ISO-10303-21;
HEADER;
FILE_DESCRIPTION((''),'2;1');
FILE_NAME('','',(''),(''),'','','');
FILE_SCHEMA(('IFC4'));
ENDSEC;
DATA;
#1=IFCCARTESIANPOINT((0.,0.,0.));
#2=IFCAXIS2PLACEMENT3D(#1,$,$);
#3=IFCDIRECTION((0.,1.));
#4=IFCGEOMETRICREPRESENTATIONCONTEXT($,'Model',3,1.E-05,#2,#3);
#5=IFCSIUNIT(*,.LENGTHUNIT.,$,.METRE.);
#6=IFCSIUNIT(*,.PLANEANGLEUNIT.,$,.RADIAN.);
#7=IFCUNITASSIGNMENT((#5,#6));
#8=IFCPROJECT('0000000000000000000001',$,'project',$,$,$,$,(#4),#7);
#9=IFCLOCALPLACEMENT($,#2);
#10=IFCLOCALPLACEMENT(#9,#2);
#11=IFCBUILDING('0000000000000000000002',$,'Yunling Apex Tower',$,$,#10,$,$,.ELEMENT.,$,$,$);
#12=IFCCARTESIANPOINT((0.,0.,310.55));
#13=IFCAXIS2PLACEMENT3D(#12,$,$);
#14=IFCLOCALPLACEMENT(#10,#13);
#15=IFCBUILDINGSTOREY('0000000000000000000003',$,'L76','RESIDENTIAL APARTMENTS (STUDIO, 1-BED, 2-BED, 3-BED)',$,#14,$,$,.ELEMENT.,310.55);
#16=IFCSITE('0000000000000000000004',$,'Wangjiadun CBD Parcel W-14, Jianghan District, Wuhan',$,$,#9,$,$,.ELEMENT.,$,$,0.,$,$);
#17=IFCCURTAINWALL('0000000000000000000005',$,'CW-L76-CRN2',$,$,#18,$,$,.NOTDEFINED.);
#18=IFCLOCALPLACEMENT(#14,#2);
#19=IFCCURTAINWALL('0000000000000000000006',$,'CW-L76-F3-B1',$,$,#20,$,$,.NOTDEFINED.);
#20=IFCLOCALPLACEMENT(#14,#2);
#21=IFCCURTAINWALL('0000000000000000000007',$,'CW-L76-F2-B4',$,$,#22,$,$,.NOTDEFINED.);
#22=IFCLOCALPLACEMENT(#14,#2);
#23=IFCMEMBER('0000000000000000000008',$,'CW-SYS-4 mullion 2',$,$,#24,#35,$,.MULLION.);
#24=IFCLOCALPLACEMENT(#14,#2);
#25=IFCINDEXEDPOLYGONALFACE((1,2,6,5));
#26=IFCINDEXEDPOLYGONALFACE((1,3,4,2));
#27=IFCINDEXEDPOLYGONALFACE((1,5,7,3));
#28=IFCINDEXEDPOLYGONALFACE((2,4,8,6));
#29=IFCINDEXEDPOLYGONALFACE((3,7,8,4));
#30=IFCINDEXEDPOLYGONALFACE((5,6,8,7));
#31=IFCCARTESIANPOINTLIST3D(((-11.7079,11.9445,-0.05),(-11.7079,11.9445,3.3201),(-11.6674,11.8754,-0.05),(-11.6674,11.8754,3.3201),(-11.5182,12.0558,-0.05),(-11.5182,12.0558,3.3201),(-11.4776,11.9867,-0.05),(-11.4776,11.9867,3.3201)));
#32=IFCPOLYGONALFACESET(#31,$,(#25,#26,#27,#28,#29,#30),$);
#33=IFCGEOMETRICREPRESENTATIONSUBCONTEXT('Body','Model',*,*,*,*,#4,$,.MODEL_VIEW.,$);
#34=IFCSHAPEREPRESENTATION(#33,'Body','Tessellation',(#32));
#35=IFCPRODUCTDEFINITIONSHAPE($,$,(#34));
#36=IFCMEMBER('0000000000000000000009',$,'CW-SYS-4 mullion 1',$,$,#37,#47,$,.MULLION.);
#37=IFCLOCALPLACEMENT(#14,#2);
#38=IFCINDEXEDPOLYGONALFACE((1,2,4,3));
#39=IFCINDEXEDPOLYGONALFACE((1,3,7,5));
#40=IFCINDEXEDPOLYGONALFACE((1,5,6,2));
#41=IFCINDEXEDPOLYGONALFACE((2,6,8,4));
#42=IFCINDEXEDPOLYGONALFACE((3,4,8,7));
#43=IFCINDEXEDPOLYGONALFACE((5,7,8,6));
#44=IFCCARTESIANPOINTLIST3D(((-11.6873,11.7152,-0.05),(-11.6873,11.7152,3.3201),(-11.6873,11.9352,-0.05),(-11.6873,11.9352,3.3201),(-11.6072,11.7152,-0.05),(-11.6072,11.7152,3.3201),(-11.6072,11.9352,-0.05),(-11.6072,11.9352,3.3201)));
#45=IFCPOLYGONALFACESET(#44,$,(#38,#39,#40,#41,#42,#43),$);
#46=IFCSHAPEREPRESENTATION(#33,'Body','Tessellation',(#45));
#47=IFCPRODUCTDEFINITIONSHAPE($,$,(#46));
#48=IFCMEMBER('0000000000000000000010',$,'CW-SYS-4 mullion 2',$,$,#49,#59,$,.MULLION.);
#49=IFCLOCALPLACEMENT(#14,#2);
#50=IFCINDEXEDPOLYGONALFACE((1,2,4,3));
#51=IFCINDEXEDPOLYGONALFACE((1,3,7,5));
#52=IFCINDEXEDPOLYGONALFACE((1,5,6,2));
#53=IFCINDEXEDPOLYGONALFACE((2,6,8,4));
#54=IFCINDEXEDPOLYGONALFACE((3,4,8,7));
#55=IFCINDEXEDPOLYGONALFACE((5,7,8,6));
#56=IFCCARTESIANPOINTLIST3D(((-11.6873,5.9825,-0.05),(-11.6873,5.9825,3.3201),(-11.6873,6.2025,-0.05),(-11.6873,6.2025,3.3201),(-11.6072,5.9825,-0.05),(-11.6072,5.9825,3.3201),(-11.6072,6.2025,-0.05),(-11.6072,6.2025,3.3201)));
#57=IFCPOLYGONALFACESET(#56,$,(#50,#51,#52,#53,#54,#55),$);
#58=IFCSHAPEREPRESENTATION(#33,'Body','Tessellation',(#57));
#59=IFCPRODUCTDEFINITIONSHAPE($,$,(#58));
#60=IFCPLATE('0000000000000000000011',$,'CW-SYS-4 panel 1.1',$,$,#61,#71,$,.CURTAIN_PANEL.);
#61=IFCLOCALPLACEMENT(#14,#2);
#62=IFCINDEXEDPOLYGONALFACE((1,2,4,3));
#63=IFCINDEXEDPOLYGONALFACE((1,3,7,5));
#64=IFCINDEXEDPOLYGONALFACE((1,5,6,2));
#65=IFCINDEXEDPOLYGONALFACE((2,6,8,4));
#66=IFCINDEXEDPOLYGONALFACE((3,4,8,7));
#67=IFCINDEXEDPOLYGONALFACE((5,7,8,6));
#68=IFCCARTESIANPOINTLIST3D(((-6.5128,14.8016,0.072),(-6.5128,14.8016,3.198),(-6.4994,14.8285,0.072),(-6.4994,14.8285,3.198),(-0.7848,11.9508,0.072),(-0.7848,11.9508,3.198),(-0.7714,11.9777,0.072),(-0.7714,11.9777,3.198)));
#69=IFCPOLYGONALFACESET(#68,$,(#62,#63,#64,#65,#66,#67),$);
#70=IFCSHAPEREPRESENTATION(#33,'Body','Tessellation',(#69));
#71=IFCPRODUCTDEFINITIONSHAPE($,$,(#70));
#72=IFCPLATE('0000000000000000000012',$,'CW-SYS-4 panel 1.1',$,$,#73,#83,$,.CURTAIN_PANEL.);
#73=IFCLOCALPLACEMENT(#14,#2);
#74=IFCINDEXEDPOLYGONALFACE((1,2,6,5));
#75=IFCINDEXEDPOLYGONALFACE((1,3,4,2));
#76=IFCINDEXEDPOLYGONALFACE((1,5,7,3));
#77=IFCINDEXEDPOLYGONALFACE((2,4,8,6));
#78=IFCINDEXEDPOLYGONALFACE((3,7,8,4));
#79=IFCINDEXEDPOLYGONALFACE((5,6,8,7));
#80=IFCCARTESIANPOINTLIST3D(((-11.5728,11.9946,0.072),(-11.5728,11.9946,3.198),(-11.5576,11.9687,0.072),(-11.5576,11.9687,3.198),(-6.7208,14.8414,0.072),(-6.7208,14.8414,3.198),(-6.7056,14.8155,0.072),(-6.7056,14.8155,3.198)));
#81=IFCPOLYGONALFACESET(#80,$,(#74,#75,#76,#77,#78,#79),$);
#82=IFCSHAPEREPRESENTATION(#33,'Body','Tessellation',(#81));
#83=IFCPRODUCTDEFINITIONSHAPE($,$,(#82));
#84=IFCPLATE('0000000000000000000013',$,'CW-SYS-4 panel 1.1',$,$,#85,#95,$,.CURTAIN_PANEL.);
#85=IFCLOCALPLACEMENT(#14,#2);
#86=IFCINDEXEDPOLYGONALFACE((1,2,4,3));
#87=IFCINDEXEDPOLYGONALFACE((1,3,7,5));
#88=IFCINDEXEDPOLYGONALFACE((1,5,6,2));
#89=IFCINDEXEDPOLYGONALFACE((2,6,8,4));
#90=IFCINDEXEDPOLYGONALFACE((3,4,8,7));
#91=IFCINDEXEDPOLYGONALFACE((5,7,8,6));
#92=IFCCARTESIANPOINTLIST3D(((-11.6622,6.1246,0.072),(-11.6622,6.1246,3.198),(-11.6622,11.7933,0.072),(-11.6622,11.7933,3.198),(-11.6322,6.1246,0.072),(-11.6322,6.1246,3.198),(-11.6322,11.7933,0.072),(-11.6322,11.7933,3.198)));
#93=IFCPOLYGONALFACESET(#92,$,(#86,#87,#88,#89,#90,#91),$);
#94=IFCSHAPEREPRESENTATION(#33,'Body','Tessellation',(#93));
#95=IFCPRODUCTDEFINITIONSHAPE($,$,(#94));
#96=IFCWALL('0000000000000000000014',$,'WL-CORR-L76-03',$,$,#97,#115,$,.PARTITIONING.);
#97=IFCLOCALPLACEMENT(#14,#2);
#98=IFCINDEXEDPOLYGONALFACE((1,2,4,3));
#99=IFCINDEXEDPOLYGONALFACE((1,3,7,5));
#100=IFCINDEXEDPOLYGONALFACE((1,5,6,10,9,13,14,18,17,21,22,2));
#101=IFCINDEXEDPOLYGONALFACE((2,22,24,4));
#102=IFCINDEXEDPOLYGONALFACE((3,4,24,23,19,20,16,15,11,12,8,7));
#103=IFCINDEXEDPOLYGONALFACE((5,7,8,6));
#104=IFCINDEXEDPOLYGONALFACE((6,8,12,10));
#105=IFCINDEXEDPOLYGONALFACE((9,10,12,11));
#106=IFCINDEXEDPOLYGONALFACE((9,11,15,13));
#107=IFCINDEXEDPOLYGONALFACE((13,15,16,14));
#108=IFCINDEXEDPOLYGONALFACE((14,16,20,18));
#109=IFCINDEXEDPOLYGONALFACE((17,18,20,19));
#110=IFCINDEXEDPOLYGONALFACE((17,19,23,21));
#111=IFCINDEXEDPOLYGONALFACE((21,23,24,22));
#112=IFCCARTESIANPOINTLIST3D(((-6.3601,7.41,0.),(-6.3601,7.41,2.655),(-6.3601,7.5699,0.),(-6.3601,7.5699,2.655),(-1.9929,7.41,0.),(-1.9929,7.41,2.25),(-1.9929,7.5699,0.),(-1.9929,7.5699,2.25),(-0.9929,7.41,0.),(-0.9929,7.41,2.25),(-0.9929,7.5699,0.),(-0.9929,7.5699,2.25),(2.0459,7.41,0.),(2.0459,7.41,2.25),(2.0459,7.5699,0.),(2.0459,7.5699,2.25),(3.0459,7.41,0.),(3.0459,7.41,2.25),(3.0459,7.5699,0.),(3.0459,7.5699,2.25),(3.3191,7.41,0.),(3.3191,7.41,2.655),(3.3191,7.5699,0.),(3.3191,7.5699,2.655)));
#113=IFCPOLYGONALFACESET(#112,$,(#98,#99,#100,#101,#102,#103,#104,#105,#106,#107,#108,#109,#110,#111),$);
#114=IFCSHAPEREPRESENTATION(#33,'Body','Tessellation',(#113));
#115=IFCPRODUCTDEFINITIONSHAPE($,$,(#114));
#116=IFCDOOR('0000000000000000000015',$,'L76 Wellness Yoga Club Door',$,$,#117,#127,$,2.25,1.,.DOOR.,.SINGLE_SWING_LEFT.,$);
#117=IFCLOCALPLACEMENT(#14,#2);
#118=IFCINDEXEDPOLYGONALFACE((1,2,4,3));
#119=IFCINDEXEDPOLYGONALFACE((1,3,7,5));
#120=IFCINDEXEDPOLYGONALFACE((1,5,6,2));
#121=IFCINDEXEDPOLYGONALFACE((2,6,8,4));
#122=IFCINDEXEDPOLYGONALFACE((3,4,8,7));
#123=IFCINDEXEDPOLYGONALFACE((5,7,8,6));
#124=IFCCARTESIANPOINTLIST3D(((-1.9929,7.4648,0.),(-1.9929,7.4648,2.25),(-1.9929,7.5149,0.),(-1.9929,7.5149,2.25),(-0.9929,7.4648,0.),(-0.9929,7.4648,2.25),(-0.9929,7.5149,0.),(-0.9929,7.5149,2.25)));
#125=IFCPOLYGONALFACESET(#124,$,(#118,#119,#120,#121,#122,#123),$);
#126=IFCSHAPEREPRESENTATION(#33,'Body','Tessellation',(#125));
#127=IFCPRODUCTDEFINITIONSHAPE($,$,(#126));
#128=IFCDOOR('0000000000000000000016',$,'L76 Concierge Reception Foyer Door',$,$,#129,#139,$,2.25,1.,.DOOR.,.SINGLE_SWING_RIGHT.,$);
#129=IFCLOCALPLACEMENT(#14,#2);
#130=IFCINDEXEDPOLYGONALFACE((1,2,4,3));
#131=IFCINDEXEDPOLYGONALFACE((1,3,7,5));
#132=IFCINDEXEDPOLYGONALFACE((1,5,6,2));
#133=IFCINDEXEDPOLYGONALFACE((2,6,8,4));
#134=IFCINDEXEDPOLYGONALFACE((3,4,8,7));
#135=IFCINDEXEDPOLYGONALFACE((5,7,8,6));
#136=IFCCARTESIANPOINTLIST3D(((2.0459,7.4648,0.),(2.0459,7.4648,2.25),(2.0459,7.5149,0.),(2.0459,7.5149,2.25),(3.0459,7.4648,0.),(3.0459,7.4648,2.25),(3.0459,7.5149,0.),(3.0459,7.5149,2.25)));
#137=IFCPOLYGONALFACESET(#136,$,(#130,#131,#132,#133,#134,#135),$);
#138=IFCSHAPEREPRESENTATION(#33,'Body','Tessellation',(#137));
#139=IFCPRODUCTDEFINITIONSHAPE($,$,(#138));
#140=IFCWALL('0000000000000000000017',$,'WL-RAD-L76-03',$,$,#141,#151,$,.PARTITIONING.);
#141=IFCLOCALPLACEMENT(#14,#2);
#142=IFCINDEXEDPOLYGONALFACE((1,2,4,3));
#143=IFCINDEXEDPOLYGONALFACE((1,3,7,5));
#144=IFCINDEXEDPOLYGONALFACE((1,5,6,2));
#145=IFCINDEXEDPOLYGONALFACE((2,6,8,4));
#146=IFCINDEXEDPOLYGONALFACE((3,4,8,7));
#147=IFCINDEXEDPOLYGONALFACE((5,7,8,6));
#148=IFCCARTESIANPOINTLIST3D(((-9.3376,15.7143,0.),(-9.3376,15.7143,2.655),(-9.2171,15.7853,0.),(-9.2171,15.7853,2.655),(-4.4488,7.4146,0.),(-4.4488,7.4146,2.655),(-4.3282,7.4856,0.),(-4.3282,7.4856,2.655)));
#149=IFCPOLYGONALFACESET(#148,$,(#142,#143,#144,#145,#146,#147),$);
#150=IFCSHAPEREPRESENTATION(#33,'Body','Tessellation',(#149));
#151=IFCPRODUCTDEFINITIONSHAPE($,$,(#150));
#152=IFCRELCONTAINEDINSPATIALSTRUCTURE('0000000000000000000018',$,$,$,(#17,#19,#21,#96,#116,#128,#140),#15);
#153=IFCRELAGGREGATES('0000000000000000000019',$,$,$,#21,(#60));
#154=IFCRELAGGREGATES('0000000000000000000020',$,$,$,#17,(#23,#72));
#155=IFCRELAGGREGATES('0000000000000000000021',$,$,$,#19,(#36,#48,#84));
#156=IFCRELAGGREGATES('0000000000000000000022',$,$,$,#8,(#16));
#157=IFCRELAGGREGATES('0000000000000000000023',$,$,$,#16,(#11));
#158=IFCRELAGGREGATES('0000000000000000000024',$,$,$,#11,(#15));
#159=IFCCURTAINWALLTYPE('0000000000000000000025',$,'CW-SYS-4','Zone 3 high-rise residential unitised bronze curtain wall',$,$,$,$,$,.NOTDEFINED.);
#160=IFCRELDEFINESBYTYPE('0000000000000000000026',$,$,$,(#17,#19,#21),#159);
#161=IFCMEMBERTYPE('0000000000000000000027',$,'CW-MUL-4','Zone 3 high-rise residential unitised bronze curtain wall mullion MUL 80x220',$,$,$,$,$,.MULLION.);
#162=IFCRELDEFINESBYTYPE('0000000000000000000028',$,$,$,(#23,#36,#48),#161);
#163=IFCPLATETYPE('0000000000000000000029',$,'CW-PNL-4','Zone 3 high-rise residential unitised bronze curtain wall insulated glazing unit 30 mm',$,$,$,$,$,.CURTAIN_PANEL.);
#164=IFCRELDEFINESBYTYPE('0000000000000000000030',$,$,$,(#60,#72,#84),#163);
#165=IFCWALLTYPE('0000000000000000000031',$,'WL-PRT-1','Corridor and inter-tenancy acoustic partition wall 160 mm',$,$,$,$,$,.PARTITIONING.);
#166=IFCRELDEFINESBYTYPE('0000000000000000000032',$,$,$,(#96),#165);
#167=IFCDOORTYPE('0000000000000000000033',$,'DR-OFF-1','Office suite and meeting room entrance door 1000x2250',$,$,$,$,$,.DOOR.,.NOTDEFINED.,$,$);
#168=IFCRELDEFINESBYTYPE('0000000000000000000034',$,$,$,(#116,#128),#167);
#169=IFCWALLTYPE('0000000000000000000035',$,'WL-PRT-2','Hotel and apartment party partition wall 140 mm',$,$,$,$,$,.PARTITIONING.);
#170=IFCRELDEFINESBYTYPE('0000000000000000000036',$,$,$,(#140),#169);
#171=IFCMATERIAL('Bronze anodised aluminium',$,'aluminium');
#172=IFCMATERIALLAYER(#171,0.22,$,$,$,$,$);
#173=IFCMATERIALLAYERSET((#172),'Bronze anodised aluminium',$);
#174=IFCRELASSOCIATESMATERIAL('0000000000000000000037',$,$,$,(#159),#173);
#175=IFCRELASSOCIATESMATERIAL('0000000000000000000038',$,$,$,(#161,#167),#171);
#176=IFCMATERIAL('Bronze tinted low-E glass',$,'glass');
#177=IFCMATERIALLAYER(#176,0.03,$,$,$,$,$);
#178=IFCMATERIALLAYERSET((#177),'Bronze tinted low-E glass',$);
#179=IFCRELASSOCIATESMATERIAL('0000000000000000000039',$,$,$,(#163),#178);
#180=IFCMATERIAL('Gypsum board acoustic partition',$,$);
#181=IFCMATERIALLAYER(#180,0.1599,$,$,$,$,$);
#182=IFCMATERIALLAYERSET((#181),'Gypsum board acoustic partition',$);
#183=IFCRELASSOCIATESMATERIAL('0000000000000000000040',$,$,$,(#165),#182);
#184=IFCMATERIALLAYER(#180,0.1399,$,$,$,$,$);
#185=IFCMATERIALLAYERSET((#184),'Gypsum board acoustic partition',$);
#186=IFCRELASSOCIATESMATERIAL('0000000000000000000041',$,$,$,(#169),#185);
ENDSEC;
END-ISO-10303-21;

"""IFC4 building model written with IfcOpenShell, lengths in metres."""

from ifc_helpers import new_model, si_unit, direction, frame, frame_2d, origin, origin_2d, place, context, subcontext, project, spatial, rectangle, extrude, source, transform, mapped, material, layer, layer_set, material_profile, profile_set, type_object, element, fill, aggregate, save


model = new_model("IFC4")

# Units and contexts
model_context = context("Model", 3, precision=1e-05, world=origin(), true_north=direction((0.0, 1.0)))
body_context = subcontext(model_context, "Body", "Model", "MODEL_VIEW")
ifc_project = project(units=[si_unit("LENGTHUNIT", "METRE"), si_unit("PLANEANGLEUNIT", "RADIAN")], contexts=[model_context])

# Site, building, storey
site_placement = place(None, origin())
site = spatial("IfcSite", under=ifc_project, at=site_placement, Name="Wangjiadun CBD Parcel W-14, Jianghan District, Wuhan", CompositionType="ELEMENT", RefElevation=0.0)
building_placement = place(site_placement, origin())
building = spatial("IfcBuilding", under=site, at=building_placement, Name="Yunling Apex Tower", CompositionType="ELEMENT")
storey_placement = place(building_placement, frame((0.0, 0.0, 310.55)))
storey = spatial("IfcBuildingStorey", under=building, at=storey_placement, Name="L76", Description="RESIDENTIAL APARTMENTS (STUDIO, 1-BED, 2-BED, 3-BED)", CompositionType="ELEMENT", Elevation=310.55)

# Curtain walls
ifc_material_1 = material(Name="Bronze anodised aluminium", Category="aluminium")
ifc_layer_1 = layer(ifc_material_1, 0.22)
ifc_layer_set_1 = layer_set([ifc_layer_1], Name="Bronze anodised aluminium")
curtain_wall_type = type_object("IfcCurtainWallType", Name="CW-SYS-4", Description="Zone 3 high-rise residential unitised bronze curtain wall", PredefinedType="NOTDEFINED", material=ifc_layer_set_1)
curtain_wall_1_placement = place(storey_placement, origin())
curtain_wall_1 = element("IfcCurtainWall", 1, at=curtain_wall_1_placement, inside=storey, type_object=curtain_wall_type, Name="CW-L76-CRN2", PredefinedType="NOTDEFINED")
curtain_wall_2_placement = place(storey_placement, origin())
curtain_wall_2 = element("IfcCurtainWall", 2, at=curtain_wall_2_placement, inside=storey, type_object=curtain_wall_type, Name="CW-L76-F3-B1", PredefinedType="NOTDEFINED")

# Curtain wall
curtain_wall_3_placement = place(storey_placement, origin())
curtain_wall_3 = element("IfcCurtainWall", 3, at=curtain_wall_3_placement, inside=storey, type_object=curtain_wall_type, Name="CW-L76-F2-B4", PredefinedType="NOTDEFINED")
ifc_material_profile_1 = material_profile(ifc_material_1, rectangle(XDim=0.0801, YDim=0.22, at=origin_2d()))
ifc_profile_set_1 = profile_set([ifc_material_profile_1], Name="Bronze anodised aluminium")
member_type_1 = type_object("IfcMemberType", Name="CW-MUL-4", Description="Zone 3 high-rise residential unitised bronze curtain wall mullion MUL 80x220", PredefinedType="MULLION", material=ifc_profile_set_1)
shared_shape_1 = source(origin(), body_context, "Body", "SweptSolid", [
    extrude(rectangle(XDim=0.0801, YDim=0.22, at=origin_2d()), origin(), (0.0, 0.0, 1.0), 3.3701),
])

# Members
member_1_placement = place(storey_placement, frame((-11.5928, 11.9656, -0.05), z_axis=(0.0, 0.0, 1.0), x_axis=(0.506057, -0.8625, 0.0)))
member_1 = element("IfcMember", 4, at=member_1_placement, type_object=member_type_1, Name="CW-SYS-4 mullion 2", PredefinedType="MULLION", context=body_context, shape_type="MappedRepresentation", body=[
    mapped(shared_shape_1, transform((0.0, 0.0, 0.0), scale=1.0)),
])
member_2_placement = place(storey_placement, frame((-11.6472, 11.8252, -0.05), z_axis=(0.0, 0.0, 1.0), x_axis=(1.0, 0.0, 0.0)))
member_2 = element("IfcMember", 5, at=member_2_placement, type_object=member_type_1, Name="CW-SYS-4 mullion 1", PredefinedType="MULLION", context=body_context, shape_type="MappedRepresentation", body=[
    mapped(shared_shape_1, transform((0.0, 0.0, 0.0), scale=1.0)),
])
member_3_placement = place(storey_placement, frame((-11.6472, 6.0925, -0.05), z_axis=(0.0, 0.0, 1.0), x_axis=(1.0, 0.0, 0.0)))
member_3 = element("IfcMember", 6, at=member_3_placement, type_object=member_type_1, Name="CW-SYS-4 mullion 2", PredefinedType="MULLION", context=body_context, shape_type="MappedRepresentation", body=[
    mapped(shared_shape_1, transform((0.0, 0.0, 0.0), scale=1.0)),
])

# Plates
ifc_material_2 = material(Name="Bronze tinted low-E glass", Category="glass")
ifc_layer_2 = layer(ifc_material_2, 0.03)
ifc_layer_set_2 = layer_set([ifc_layer_2], Name="Bronze tinted low-E glass")
plate_type = type_object("IfcPlateType", Name="CW-PNL-4", Description="Zone 3 high-rise residential unitised bronze curtain wall insulated glazing unit 30 mm", PredefinedType="CURTAIN_PANEL", material=ifc_layer_set_2)
shared_shape_2 = source(origin(), body_context, "Body", "SweptSolid", [
    extrude(rectangle(XDim=6.3982, YDim=0.03, at=origin_2d()), origin(), (0.0, 0.0, 1.0), 3.126),
])
plate_1_placement = place(storey_placement, frame((-3.6421, 13.3896, 0.072), z_axis=(0.0, 0.0, 1.0), x_axis=(-0.895248, 0.445568, 0.0)))
plate_1 = element("IfcPlate", 7, at=plate_1_placement, type_object=plate_type, Name="CW-SYS-4 panel 1.1", PredefinedType="CURTAIN_PANEL", context=body_context, shape_type="MappedRepresentation", body=[
    mapped(shared_shape_2, transform((0.0, 0.0, 0.0), scale=1.0)),
])
aggregate(curtain_wall_3, [plate_1])
shared_shape_3 = source(origin(), body_context, "Body", "SweptSolid", [
    extrude(rectangle(XDim=5.6255, YDim=0.03, at=origin_2d()), origin(), (0.0, 0.0, 1.0), 3.126),
])
plate_2_placement = place(storey_placement, frame((-9.1392, 13.405, 0.072), z_axis=(0.0, 0.0, 1.0), x_axis=(-0.8625, -0.506057, 0.0)))
plate_2 = element("IfcPlate", 8, at=plate_2_placement, type_object=plate_type, Name="CW-SYS-4 panel 1.1", PredefinedType="CURTAIN_PANEL", context=body_context, shape_type="MappedRepresentation", body=[
    mapped(shared_shape_3, transform((0.0, 0.0, 0.0), scale=1.0)),
])
aggregate(curtain_wall_1, [member_1, plate_2])
shared_shape_4 = source(origin(), body_context, "Body", "SweptSolid", [
    extrude(rectangle(XDim=5.6687, YDim=0.03, at=origin_2d()), origin(), (0.0, 0.0, 1.0), 3.126),
])
plate_3_placement = place(storey_placement, frame((-11.6472, 8.959, 0.072), z_axis=(0.0, 0.0, 1.0), x_axis=(0.0, -1.0, 0.0)))
plate_3 = element("IfcPlate", 9, at=plate_3_placement, type_object=plate_type, Name="CW-SYS-4 panel 1.1", PredefinedType="CURTAIN_PANEL", context=body_context, shape_type="MappedRepresentation", body=[
    mapped(shared_shape_4, transform((0.0, 0.0, 0.0), scale=1.0)),
])
aggregate(curtain_wall_2, [member_2, member_3, plate_3])

# Shared definitions
ifc_material_3 = material(Name="Gypsum board acoustic partition")
ifc_layer_3 = layer(ifc_material_3, 0.1599)
ifc_layer_set_3 = layer_set([ifc_layer_3], Name="Gypsum board acoustic partition")
wall_type_1 = type_object("IfcWallType", Name="WL-PRT-1", Description="Corridor and inter-tenancy acoustic partition wall 160 mm", PredefinedType="PARTITIONING", material=ifc_layer_set_3)

# Wall, openings, doors
wall_1_placement = place(storey_placement, frame((-6.3601, 7.49, 0.0), z_axis=(0.0, 0.0, 1.0), x_axis=(1.0, 0.0, 0.0)))
wall_1 = element("IfcWall", 10, at=wall_1_placement, inside=storey, type_object=wall_type_1, Name="WL-CORR-L76-03", PredefinedType="PARTITIONING", context=body_context, shape_type="SweptSolid", body=[
    extrude(rectangle(XDim=9.6792, YDim=0.1599, at=frame_2d((4.8396, 0.0))), origin(), (0.0, 0.0, 1.0), 2.655),
])
opening_1_placement = place(wall_1_placement, frame((4.3672, 0.0, 0.0)))
opening_1 = element("IfcOpeningElement", 11, at=opening_1_placement, cuts=wall_1, PredefinedType="OPENING", context=body_context, shape_type="SweptSolid", body=[
    extrude(rectangle(XDim=1.0, YDim=2.25, at=frame_2d((0.5, 1.125))), frame((0.0, 0.0898, 0.0), z_axis=(0.0, -1.0, 0.0), x_axis=(1.0, 0.0, 0.0)), (0.0, 0.0, 1.0), 0.1799),
])
opening_2_placement = place(wall_1_placement, frame((8.406, 0.0, 0.0)))
opening_2 = element("IfcOpeningElement", 12, at=opening_2_placement, cuts=wall_1, PredefinedType="OPENING", context=body_context, shape_type="SweptSolid", body=[
    extrude(rectangle(XDim=1.0, YDim=2.25, at=frame_2d((0.5, 1.125))), frame((0.0, 0.0898, 0.0), z_axis=(0.0, -1.0, 0.0), x_axis=(1.0, 0.0, 0.0)), (0.0, 0.0, 1.0), 0.1799),
])
door_type = type_object("IfcDoorType", Name="DR-OFF-1", Description="Office suite and meeting room entrance door 1000x2250", OperationType="NOTDEFINED", PredefinedType="DOOR", material=ifc_material_1)
door_1_placement = place(opening_1_placement, origin())
door_1 = element("IfcDoor", 13, at=door_1_placement, inside=storey, type_object=door_type, Name="L76 Wellness Yoga Club Door", OperationType="SINGLE_SWING_LEFT", OverallHeight=2.25, OverallWidth=1.0, PredefinedType="DOOR", context=body_context, shape_type="SweptSolid", body=[
    extrude(rectangle(XDim=1.0, YDim=2.25, at=frame_2d((0.5, 1.125))), frame((0.0, 0.0249, 0.0), z_axis=(0.0, -1.0, 0.0), x_axis=(1.0, 0.0, 0.0)), (0.0, 0.0, 1.0), 0.05),
])
fill(opening_1, door_1)
door_2_placement = place(opening_2_placement, origin())
door_2 = element("IfcDoor", 14, at=door_2_placement, inside=storey, type_object=door_type, Name="L76 Concierge Reception Foyer Door", OperationType="SINGLE_SWING_RIGHT", OverallHeight=2.25, OverallWidth=1.0, PredefinedType="DOOR", context=body_context, shape_type="SweptSolid", body=[
    extrude(rectangle(XDim=1.0, YDim=2.25, at=frame_2d((0.5, 1.125))), frame((0.0, 0.0249, 0.0), z_axis=(0.0, -1.0, 0.0), x_axis=(1.0, 0.0, 0.0)), (0.0, 0.0, 1.0), 0.05),
])
fill(opening_2, door_2)

# Wall
ifc_layer_4 = layer(ifc_material_3, 0.1399)
ifc_layer_set_4 = layer_set([ifc_layer_4], Name="Gypsum board acoustic partition")
wall_type_2 = type_object("IfcWallType", Name="WL-PRT-2", Description="Hotel and apartment party partition wall 140 mm", PredefinedType="PARTITIONING", material=ifc_layer_set_4)
wall_2_placement = place(storey_placement, frame((-4.3884, 7.45, 0.0), z_axis=(0.0, 0.0, 1.0), x_axis=(-0.507535, 0.861631, 0.0)))
element("IfcWall", 15, at=wall_2_placement, inside=storey, type_object=wall_type_2, Name="WL-RAD-L76-03", PredefinedType="PARTITIONING", context=body_context, shape_type="SweptSolid", body=[
    extrude(rectangle(XDim=9.6326, YDim=0.1399, at=frame_2d((4.8164, 0.0))), origin(), (0.0, 0.0, 1.0), 2.655),
])

save(model, "model.ifc")
